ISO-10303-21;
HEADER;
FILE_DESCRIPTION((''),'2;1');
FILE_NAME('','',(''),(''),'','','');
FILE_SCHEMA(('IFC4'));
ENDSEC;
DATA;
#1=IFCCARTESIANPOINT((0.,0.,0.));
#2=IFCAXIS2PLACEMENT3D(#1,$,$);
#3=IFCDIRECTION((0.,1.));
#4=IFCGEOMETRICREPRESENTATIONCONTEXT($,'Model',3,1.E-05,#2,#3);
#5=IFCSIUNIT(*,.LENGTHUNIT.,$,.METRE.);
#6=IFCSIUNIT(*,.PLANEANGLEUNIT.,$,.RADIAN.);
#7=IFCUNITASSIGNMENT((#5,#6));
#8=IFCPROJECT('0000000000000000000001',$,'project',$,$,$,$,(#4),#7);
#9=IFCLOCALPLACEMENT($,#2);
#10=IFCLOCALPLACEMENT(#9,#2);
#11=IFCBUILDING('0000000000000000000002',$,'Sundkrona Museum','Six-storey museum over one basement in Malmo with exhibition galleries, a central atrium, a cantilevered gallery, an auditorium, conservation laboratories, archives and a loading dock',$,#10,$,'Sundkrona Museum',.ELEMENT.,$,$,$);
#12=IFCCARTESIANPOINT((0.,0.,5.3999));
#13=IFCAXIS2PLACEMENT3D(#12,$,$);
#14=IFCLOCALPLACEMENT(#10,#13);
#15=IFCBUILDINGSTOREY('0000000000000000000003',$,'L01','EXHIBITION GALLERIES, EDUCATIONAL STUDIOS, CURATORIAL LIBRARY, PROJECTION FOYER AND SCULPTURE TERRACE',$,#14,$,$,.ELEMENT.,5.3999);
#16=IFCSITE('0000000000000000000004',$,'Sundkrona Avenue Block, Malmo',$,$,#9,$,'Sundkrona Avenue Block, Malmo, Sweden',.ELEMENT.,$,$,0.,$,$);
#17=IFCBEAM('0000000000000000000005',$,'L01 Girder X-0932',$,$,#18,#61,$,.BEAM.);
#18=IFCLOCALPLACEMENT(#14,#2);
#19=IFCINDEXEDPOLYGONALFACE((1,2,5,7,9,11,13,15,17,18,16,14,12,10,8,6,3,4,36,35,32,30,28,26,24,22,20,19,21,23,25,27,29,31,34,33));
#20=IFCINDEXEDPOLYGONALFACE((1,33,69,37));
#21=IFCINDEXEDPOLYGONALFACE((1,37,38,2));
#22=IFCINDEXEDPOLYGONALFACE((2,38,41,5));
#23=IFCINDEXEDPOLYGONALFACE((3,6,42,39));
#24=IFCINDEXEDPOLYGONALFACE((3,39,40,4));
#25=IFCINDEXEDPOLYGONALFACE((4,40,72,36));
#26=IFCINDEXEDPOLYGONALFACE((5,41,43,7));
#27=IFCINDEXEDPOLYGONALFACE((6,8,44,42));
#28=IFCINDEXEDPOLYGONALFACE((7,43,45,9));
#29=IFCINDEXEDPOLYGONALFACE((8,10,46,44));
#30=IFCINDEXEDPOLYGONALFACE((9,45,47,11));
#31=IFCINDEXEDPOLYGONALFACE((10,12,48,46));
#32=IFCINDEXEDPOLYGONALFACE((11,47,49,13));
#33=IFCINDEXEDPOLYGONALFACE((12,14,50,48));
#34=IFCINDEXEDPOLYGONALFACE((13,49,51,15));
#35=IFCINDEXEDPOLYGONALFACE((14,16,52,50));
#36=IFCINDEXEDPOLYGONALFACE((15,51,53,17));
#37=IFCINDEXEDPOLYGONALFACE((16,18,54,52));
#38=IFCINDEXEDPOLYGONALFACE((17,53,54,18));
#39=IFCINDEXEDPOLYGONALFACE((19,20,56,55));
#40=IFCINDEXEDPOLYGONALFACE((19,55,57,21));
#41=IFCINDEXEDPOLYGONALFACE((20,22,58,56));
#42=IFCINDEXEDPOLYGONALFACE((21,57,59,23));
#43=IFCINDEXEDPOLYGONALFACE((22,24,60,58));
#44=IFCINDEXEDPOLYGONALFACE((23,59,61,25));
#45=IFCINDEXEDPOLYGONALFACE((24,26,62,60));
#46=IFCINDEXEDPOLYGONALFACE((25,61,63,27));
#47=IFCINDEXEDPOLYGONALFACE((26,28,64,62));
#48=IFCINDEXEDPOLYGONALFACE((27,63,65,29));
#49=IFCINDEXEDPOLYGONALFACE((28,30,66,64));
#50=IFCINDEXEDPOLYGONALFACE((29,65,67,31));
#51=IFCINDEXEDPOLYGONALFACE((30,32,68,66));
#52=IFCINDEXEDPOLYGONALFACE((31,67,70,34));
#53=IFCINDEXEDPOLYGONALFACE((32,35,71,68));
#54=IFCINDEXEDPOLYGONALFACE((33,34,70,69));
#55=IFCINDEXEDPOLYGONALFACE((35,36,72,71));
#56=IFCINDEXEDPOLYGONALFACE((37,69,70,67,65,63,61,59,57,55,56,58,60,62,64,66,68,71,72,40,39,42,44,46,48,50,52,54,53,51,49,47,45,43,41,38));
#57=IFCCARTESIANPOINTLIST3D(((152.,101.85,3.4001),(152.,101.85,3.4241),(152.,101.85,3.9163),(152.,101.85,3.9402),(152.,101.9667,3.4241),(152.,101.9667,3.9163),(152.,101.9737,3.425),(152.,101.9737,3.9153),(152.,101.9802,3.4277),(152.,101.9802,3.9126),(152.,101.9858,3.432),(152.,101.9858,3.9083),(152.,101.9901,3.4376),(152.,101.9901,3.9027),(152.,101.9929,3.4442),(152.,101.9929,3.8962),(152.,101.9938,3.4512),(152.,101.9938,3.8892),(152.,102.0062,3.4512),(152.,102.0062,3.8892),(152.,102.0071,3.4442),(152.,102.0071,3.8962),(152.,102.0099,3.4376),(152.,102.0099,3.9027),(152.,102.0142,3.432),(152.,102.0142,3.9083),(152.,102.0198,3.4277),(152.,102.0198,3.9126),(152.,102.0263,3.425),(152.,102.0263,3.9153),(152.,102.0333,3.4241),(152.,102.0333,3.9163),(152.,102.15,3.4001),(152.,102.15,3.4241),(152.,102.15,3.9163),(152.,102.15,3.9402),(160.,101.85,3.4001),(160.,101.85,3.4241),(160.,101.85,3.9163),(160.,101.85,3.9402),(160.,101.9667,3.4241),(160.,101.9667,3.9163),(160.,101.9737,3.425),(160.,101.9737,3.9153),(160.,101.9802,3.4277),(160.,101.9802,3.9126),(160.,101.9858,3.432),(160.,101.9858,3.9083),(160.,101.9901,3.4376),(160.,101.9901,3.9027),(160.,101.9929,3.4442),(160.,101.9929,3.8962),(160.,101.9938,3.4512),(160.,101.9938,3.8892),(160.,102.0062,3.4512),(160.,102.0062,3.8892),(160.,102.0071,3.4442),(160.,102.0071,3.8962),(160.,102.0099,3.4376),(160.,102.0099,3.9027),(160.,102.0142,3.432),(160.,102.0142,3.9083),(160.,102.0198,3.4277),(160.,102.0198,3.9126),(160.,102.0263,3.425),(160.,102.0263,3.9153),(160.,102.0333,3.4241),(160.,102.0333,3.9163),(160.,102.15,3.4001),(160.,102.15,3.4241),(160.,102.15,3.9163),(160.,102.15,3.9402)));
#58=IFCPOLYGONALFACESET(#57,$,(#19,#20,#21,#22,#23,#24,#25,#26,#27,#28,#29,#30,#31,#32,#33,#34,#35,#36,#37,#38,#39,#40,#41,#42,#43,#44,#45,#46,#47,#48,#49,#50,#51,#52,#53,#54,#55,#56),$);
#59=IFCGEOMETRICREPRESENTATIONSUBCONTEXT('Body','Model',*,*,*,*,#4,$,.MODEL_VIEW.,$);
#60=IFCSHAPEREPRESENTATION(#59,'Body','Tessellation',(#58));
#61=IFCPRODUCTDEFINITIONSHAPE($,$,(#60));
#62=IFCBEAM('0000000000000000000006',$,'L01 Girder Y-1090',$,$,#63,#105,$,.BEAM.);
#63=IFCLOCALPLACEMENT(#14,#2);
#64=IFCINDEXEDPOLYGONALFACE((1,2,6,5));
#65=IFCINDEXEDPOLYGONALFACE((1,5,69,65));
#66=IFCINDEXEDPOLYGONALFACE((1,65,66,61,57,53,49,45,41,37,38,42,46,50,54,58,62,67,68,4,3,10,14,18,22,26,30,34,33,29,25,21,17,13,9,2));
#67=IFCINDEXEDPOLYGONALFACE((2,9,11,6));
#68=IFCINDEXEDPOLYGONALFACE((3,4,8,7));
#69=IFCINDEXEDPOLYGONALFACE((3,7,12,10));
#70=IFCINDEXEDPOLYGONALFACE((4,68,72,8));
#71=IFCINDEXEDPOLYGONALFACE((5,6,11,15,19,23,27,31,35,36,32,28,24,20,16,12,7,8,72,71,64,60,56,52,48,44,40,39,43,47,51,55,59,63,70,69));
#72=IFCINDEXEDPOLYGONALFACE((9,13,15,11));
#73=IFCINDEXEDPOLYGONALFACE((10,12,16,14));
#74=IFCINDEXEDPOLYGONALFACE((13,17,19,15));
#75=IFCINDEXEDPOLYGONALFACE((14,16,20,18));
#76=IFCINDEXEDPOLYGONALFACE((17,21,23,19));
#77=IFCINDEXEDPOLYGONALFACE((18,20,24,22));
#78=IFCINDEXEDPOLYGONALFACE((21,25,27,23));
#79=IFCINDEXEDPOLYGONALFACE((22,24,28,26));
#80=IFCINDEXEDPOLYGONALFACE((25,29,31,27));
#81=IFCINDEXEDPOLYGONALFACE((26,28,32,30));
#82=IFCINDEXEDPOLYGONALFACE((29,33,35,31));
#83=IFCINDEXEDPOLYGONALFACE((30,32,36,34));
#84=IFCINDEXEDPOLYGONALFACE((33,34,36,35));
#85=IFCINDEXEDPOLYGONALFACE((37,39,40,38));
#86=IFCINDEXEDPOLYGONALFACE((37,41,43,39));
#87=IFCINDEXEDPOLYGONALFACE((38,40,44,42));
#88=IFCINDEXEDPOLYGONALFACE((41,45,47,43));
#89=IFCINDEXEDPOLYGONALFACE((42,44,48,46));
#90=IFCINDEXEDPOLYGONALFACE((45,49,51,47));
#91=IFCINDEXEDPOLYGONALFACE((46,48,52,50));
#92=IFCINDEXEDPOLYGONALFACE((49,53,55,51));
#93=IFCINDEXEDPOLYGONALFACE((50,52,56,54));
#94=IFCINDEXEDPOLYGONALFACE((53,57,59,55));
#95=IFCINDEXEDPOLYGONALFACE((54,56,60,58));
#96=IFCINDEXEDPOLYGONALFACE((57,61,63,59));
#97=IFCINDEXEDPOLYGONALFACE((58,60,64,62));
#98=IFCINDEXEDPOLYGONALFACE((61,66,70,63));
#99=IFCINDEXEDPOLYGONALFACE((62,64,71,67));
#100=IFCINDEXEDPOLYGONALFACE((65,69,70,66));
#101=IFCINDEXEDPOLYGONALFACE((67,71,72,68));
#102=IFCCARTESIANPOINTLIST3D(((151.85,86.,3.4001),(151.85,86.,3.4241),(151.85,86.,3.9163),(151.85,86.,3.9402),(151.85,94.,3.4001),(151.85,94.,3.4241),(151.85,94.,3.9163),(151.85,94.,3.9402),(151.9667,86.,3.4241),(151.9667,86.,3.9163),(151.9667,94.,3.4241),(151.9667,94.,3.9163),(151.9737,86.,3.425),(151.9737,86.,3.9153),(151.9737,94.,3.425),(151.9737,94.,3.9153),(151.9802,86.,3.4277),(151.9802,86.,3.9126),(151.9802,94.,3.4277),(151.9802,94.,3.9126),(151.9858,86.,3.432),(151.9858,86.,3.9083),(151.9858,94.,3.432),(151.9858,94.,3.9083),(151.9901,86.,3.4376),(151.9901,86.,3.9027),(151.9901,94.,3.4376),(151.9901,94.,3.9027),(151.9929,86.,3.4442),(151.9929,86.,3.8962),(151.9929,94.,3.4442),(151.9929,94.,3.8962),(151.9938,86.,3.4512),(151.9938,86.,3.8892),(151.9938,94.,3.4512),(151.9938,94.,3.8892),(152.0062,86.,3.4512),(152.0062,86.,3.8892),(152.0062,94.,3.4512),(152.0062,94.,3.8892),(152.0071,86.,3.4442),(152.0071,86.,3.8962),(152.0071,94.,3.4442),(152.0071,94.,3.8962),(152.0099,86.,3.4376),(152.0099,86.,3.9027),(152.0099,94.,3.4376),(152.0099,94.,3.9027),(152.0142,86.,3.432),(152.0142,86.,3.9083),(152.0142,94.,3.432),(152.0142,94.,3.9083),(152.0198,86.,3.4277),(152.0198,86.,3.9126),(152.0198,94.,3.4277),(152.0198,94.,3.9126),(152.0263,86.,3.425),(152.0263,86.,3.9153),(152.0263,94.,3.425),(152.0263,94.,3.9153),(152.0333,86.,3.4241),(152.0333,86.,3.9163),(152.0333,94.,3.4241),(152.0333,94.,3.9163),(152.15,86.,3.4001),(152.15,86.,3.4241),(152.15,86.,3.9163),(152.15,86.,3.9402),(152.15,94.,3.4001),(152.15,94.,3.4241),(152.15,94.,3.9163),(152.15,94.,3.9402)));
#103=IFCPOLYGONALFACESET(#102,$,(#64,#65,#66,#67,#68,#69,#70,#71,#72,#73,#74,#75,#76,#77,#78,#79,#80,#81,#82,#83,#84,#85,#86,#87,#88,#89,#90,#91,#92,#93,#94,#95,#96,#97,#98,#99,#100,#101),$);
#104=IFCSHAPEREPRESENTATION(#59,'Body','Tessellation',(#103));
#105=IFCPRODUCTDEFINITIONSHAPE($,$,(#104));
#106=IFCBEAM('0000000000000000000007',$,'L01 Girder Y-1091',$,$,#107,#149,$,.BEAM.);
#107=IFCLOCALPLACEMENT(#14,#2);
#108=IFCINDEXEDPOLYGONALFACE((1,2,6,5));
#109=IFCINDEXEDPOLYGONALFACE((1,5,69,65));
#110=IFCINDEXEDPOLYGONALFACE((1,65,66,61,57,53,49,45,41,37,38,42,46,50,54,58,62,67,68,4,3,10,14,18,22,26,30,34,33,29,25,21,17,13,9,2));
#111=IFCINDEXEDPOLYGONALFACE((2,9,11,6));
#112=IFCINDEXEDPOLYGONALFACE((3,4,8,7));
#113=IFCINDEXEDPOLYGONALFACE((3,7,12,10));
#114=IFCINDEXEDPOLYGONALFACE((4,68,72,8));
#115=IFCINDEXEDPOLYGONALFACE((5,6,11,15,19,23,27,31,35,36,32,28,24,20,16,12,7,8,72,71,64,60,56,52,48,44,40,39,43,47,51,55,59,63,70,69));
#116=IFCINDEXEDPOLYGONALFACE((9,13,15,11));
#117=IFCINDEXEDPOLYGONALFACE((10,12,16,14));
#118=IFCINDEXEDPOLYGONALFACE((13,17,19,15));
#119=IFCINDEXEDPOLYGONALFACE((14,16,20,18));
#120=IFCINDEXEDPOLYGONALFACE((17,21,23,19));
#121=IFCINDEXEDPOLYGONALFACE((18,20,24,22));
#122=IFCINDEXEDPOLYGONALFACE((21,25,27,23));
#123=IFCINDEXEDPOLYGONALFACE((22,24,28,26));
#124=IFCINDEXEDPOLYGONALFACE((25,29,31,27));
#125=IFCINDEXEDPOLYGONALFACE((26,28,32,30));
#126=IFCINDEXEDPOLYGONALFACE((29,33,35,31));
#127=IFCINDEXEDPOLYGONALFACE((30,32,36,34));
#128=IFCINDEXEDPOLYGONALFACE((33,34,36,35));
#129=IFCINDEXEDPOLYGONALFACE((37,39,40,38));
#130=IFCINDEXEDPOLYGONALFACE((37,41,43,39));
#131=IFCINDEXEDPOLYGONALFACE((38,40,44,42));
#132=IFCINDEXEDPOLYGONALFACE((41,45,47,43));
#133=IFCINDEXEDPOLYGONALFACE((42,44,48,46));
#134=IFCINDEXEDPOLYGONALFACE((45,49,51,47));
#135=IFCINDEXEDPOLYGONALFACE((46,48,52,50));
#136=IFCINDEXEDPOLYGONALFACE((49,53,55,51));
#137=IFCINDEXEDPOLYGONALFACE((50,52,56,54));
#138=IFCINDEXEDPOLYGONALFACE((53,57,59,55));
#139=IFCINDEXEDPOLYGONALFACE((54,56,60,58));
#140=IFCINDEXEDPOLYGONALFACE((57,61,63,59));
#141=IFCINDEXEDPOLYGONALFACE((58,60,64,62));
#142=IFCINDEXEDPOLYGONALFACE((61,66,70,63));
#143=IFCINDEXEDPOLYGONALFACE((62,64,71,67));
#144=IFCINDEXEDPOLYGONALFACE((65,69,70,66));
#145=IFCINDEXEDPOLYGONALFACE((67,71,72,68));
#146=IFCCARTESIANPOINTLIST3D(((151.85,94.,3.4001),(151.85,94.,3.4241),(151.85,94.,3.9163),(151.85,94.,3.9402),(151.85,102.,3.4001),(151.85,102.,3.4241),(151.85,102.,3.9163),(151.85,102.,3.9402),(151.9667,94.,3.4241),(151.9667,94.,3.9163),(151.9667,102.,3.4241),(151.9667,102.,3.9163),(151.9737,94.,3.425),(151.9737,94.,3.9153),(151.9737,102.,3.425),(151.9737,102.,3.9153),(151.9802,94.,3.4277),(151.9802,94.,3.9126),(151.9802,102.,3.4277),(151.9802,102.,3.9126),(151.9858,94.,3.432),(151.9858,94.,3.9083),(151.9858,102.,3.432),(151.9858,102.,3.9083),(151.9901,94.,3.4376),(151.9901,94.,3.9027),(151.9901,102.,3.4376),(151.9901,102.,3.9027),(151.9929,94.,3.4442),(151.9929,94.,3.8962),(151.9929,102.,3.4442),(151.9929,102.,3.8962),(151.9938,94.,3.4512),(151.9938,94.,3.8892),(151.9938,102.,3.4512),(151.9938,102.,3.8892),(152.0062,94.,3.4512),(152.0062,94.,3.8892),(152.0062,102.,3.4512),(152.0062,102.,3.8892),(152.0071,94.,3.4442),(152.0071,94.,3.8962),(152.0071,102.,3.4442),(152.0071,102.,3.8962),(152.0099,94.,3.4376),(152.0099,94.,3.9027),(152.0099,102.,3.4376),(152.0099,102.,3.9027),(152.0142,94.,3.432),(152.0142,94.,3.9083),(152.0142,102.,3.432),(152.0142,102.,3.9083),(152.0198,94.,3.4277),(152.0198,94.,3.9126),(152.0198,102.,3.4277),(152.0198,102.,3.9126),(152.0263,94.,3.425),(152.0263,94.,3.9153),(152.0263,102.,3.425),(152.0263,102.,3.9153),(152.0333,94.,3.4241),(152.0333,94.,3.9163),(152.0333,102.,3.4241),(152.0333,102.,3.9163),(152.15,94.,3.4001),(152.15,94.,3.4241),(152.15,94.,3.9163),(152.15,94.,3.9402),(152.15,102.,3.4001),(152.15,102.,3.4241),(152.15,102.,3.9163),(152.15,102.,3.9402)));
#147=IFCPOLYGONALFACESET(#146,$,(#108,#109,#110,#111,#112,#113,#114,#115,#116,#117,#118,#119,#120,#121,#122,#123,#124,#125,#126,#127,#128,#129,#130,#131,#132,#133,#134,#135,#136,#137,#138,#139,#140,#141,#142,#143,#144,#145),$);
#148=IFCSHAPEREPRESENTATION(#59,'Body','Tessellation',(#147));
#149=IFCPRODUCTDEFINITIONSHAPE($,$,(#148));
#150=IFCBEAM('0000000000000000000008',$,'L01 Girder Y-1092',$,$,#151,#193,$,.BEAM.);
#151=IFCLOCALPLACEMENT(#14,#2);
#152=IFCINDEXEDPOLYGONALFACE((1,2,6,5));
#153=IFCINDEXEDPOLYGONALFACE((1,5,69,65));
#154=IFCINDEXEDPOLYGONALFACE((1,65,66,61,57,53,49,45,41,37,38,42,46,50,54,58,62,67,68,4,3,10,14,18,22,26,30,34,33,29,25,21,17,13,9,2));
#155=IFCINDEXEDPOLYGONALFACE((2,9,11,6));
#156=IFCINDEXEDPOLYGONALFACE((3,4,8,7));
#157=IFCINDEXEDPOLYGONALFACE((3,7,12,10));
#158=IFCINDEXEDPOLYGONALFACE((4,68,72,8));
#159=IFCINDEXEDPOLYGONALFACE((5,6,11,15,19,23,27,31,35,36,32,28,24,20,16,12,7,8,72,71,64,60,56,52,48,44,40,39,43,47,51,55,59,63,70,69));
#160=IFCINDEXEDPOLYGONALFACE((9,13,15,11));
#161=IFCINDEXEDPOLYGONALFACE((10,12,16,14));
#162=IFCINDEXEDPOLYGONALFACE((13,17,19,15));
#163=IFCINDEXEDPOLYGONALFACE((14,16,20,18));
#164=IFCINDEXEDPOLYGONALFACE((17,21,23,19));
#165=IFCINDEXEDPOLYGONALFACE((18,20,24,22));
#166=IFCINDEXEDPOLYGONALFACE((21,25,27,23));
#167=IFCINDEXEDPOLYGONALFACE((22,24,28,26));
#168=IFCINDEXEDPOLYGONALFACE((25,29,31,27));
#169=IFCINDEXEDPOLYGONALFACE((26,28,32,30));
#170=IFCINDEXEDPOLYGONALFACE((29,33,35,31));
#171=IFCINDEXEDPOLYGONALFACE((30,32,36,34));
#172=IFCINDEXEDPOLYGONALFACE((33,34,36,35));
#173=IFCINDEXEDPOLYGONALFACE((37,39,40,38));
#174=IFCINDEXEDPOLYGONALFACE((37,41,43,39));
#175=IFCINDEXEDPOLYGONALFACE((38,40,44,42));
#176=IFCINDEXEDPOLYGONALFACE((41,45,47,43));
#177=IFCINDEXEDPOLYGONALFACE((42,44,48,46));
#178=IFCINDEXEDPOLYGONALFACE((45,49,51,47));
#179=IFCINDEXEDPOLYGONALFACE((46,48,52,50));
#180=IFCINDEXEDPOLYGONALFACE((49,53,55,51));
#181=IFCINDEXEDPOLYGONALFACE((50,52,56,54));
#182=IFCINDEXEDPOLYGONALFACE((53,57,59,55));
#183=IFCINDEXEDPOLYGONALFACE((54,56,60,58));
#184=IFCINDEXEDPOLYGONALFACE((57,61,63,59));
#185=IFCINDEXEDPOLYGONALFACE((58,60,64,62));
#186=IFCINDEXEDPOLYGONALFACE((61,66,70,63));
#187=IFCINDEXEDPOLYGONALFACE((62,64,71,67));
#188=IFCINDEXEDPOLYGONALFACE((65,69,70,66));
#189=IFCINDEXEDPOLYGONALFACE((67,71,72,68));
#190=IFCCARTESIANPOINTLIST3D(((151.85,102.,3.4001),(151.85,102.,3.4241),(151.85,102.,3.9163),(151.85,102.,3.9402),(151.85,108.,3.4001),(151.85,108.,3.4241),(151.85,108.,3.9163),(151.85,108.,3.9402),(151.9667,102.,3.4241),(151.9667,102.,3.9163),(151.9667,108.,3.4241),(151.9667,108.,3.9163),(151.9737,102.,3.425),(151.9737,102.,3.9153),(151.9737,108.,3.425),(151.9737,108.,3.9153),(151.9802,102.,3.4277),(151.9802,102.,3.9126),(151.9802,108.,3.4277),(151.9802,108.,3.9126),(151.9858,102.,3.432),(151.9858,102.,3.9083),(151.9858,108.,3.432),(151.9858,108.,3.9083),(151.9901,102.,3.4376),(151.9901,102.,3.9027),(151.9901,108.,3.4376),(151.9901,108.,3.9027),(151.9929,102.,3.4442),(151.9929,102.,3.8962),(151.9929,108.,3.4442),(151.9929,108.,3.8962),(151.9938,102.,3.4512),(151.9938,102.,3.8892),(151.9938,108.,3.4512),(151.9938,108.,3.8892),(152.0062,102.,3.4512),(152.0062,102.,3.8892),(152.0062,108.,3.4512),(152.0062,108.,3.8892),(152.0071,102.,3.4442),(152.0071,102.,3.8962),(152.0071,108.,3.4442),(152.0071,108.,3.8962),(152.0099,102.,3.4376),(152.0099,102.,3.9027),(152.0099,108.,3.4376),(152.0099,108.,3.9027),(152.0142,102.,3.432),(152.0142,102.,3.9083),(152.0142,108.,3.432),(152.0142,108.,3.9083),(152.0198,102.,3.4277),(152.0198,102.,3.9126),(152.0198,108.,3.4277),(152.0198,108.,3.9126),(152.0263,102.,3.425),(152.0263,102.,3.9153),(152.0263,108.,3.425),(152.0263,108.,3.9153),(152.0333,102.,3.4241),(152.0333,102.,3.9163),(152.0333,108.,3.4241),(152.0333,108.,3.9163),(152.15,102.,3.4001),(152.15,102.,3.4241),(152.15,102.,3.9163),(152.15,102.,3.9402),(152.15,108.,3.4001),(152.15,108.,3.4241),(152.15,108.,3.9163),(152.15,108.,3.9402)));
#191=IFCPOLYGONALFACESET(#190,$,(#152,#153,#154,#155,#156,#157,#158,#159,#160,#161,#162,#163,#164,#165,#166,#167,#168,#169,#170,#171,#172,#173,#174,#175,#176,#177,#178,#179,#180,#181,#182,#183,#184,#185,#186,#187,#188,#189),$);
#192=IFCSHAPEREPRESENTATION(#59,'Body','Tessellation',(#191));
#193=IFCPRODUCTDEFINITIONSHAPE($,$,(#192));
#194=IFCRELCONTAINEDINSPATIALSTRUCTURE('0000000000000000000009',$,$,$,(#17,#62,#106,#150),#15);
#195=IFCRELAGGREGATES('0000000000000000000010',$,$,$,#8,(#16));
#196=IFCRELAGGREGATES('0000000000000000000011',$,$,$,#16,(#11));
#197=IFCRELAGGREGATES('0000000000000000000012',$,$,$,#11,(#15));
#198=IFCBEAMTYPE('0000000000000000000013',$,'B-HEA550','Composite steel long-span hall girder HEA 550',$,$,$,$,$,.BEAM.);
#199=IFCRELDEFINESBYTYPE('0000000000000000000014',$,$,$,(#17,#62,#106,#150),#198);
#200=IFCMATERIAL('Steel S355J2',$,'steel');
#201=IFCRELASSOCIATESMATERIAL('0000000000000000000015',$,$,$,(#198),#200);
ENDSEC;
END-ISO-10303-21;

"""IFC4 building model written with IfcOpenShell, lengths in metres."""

from ifc_helpers import new_model, si_unit, direction, frame, origin, origin_2d, place, context, subcontext, project, spatial, i_section, extrude, material, material_profile, profile_set, type_object, element, save


model = new_model("IFC4")

# Units and contexts
model_context = context("Model", 3, precision=1e-05, world=origin(), true_north=direction((0.0, 1.0)))
body_context = subcontext(model_context, "Body", "Model", "MODEL_VIEW")
ifc_project = project(units=[si_unit("LENGTHUNIT", "METRE"), si_unit("PLANEANGLEUNIT", "RADIAN")], contexts=[model_context])

# Site, building, storey
site_placement = place(None, origin())
site = spatial("IfcSite", under=ifc_project, at=site_placement, Name="Sundkrona Avenue Block, Malmo", LongName="Sundkrona Avenue Block, Malmo, Sweden", CompositionType="ELEMENT", RefElevation=0.0)
building_placement = place(site_placement, origin())
building = spatial("IfcBuilding", under=site, at=building_placement, Name="Sundkrona Museum", Description="Six-storey museum over one basement in Malmo with exhibition galleries, a central atrium, a cantilevered gallery, an auditorium, conservation laboratories, archives and a loading dock", LongName="Sundkrona Museum", CompositionType="ELEMENT")
storey_placement = place(building_placement, frame((0.0, 0.0, 5.3999)))
storey = spatial("IfcBuildingStorey", under=building, at=storey_placement, Name="L01", Description="EXHIBITION GALLERIES, EDUCATIONAL STUDIOS, CURATORIAL LIBRARY, PROJECTION FOYER AND SCULPTURE TERRACE", CompositionType="ELEMENT", Elevation=5.3999)

# Shared definitions
ifc_material_1 = material(Name="Steel S355J2", Category="steel")

# Beams
ifc_material_profile_1 = material_profile(ifc_material_1, i_section(OverallWidth=0.3, OverallDepth=0.54, WebThickness=0.0125, FlangeThickness=0.0239, FilletRadius=0.0271, at=origin_2d()), Name="HEA 550")
ifc_profile_set_1 = profile_set([ifc_material_profile_1], Name="Steel S355J2")
beam_type_1 = type_object("IfcBeamType", Name="B-HEA550", Description="Composite steel long-span hall girder HEA 550", PredefinedType="BEAM", material=ifc_profile_set_1)
for number, where, z_axis, x_axis, name in (
    (1, (152.0, 102.0, 3.6702), (1.0, 0.0, 0.0), (0.0, 1.0, 0.0), "L01 Girder X-0932"),
    (2, (152.0, 86.0, 3.6702), (0.0, 1.0, 0.0), (-1.0, 0.0, 0.0), "L01 Girder Y-1090"),
    (3, (152.0, 94.0, 3.6702), (0.0, 1.0, 0.0), (-1.0, 0.0, 0.0), "L01 Girder Y-1091"),
):
    element("IfcBeam", number, at=place(storey_placement, frame(where, z_axis=z_axis, x_axis=x_axis)), inside=storey, type_object=beam_type_1, Name=name, PredefinedType="BEAM", context=body_context, shape_type="SweptSolid", body=[
        extrude(i_section(OverallWidth=0.3, OverallDepth=0.54, WebThickness=0.0125, FlangeThickness=0.0239, FilletRadius=0.0271, at=origin_2d()), origin(), (0.0, 0.0, 1.0), 8.0),
    ])
beam_1_placement = place(storey_placement, frame((152.0, 102.0, 3.6702), z_axis=(0.0, 1.0, 0.0), x_axis=(-1.0, 0.0, 0.0)))
element("IfcBeam", 4, at=beam_1_placement, inside=storey, type_object=beam_type_1, Name="L01 Girder Y-1092", PredefinedType="BEAM", context=body_context, shape_type="SweptSolid", body=[
    extrude(i_section(OverallWidth=0.3, OverallDepth=0.54, WebThickness=0.0125, FlangeThickness=0.0239, FilletRadius=0.0271, at=origin_2d()), origin(), (0.0, 0.0, 1.0), 6.0),
])

save(model, "model.ifc")
